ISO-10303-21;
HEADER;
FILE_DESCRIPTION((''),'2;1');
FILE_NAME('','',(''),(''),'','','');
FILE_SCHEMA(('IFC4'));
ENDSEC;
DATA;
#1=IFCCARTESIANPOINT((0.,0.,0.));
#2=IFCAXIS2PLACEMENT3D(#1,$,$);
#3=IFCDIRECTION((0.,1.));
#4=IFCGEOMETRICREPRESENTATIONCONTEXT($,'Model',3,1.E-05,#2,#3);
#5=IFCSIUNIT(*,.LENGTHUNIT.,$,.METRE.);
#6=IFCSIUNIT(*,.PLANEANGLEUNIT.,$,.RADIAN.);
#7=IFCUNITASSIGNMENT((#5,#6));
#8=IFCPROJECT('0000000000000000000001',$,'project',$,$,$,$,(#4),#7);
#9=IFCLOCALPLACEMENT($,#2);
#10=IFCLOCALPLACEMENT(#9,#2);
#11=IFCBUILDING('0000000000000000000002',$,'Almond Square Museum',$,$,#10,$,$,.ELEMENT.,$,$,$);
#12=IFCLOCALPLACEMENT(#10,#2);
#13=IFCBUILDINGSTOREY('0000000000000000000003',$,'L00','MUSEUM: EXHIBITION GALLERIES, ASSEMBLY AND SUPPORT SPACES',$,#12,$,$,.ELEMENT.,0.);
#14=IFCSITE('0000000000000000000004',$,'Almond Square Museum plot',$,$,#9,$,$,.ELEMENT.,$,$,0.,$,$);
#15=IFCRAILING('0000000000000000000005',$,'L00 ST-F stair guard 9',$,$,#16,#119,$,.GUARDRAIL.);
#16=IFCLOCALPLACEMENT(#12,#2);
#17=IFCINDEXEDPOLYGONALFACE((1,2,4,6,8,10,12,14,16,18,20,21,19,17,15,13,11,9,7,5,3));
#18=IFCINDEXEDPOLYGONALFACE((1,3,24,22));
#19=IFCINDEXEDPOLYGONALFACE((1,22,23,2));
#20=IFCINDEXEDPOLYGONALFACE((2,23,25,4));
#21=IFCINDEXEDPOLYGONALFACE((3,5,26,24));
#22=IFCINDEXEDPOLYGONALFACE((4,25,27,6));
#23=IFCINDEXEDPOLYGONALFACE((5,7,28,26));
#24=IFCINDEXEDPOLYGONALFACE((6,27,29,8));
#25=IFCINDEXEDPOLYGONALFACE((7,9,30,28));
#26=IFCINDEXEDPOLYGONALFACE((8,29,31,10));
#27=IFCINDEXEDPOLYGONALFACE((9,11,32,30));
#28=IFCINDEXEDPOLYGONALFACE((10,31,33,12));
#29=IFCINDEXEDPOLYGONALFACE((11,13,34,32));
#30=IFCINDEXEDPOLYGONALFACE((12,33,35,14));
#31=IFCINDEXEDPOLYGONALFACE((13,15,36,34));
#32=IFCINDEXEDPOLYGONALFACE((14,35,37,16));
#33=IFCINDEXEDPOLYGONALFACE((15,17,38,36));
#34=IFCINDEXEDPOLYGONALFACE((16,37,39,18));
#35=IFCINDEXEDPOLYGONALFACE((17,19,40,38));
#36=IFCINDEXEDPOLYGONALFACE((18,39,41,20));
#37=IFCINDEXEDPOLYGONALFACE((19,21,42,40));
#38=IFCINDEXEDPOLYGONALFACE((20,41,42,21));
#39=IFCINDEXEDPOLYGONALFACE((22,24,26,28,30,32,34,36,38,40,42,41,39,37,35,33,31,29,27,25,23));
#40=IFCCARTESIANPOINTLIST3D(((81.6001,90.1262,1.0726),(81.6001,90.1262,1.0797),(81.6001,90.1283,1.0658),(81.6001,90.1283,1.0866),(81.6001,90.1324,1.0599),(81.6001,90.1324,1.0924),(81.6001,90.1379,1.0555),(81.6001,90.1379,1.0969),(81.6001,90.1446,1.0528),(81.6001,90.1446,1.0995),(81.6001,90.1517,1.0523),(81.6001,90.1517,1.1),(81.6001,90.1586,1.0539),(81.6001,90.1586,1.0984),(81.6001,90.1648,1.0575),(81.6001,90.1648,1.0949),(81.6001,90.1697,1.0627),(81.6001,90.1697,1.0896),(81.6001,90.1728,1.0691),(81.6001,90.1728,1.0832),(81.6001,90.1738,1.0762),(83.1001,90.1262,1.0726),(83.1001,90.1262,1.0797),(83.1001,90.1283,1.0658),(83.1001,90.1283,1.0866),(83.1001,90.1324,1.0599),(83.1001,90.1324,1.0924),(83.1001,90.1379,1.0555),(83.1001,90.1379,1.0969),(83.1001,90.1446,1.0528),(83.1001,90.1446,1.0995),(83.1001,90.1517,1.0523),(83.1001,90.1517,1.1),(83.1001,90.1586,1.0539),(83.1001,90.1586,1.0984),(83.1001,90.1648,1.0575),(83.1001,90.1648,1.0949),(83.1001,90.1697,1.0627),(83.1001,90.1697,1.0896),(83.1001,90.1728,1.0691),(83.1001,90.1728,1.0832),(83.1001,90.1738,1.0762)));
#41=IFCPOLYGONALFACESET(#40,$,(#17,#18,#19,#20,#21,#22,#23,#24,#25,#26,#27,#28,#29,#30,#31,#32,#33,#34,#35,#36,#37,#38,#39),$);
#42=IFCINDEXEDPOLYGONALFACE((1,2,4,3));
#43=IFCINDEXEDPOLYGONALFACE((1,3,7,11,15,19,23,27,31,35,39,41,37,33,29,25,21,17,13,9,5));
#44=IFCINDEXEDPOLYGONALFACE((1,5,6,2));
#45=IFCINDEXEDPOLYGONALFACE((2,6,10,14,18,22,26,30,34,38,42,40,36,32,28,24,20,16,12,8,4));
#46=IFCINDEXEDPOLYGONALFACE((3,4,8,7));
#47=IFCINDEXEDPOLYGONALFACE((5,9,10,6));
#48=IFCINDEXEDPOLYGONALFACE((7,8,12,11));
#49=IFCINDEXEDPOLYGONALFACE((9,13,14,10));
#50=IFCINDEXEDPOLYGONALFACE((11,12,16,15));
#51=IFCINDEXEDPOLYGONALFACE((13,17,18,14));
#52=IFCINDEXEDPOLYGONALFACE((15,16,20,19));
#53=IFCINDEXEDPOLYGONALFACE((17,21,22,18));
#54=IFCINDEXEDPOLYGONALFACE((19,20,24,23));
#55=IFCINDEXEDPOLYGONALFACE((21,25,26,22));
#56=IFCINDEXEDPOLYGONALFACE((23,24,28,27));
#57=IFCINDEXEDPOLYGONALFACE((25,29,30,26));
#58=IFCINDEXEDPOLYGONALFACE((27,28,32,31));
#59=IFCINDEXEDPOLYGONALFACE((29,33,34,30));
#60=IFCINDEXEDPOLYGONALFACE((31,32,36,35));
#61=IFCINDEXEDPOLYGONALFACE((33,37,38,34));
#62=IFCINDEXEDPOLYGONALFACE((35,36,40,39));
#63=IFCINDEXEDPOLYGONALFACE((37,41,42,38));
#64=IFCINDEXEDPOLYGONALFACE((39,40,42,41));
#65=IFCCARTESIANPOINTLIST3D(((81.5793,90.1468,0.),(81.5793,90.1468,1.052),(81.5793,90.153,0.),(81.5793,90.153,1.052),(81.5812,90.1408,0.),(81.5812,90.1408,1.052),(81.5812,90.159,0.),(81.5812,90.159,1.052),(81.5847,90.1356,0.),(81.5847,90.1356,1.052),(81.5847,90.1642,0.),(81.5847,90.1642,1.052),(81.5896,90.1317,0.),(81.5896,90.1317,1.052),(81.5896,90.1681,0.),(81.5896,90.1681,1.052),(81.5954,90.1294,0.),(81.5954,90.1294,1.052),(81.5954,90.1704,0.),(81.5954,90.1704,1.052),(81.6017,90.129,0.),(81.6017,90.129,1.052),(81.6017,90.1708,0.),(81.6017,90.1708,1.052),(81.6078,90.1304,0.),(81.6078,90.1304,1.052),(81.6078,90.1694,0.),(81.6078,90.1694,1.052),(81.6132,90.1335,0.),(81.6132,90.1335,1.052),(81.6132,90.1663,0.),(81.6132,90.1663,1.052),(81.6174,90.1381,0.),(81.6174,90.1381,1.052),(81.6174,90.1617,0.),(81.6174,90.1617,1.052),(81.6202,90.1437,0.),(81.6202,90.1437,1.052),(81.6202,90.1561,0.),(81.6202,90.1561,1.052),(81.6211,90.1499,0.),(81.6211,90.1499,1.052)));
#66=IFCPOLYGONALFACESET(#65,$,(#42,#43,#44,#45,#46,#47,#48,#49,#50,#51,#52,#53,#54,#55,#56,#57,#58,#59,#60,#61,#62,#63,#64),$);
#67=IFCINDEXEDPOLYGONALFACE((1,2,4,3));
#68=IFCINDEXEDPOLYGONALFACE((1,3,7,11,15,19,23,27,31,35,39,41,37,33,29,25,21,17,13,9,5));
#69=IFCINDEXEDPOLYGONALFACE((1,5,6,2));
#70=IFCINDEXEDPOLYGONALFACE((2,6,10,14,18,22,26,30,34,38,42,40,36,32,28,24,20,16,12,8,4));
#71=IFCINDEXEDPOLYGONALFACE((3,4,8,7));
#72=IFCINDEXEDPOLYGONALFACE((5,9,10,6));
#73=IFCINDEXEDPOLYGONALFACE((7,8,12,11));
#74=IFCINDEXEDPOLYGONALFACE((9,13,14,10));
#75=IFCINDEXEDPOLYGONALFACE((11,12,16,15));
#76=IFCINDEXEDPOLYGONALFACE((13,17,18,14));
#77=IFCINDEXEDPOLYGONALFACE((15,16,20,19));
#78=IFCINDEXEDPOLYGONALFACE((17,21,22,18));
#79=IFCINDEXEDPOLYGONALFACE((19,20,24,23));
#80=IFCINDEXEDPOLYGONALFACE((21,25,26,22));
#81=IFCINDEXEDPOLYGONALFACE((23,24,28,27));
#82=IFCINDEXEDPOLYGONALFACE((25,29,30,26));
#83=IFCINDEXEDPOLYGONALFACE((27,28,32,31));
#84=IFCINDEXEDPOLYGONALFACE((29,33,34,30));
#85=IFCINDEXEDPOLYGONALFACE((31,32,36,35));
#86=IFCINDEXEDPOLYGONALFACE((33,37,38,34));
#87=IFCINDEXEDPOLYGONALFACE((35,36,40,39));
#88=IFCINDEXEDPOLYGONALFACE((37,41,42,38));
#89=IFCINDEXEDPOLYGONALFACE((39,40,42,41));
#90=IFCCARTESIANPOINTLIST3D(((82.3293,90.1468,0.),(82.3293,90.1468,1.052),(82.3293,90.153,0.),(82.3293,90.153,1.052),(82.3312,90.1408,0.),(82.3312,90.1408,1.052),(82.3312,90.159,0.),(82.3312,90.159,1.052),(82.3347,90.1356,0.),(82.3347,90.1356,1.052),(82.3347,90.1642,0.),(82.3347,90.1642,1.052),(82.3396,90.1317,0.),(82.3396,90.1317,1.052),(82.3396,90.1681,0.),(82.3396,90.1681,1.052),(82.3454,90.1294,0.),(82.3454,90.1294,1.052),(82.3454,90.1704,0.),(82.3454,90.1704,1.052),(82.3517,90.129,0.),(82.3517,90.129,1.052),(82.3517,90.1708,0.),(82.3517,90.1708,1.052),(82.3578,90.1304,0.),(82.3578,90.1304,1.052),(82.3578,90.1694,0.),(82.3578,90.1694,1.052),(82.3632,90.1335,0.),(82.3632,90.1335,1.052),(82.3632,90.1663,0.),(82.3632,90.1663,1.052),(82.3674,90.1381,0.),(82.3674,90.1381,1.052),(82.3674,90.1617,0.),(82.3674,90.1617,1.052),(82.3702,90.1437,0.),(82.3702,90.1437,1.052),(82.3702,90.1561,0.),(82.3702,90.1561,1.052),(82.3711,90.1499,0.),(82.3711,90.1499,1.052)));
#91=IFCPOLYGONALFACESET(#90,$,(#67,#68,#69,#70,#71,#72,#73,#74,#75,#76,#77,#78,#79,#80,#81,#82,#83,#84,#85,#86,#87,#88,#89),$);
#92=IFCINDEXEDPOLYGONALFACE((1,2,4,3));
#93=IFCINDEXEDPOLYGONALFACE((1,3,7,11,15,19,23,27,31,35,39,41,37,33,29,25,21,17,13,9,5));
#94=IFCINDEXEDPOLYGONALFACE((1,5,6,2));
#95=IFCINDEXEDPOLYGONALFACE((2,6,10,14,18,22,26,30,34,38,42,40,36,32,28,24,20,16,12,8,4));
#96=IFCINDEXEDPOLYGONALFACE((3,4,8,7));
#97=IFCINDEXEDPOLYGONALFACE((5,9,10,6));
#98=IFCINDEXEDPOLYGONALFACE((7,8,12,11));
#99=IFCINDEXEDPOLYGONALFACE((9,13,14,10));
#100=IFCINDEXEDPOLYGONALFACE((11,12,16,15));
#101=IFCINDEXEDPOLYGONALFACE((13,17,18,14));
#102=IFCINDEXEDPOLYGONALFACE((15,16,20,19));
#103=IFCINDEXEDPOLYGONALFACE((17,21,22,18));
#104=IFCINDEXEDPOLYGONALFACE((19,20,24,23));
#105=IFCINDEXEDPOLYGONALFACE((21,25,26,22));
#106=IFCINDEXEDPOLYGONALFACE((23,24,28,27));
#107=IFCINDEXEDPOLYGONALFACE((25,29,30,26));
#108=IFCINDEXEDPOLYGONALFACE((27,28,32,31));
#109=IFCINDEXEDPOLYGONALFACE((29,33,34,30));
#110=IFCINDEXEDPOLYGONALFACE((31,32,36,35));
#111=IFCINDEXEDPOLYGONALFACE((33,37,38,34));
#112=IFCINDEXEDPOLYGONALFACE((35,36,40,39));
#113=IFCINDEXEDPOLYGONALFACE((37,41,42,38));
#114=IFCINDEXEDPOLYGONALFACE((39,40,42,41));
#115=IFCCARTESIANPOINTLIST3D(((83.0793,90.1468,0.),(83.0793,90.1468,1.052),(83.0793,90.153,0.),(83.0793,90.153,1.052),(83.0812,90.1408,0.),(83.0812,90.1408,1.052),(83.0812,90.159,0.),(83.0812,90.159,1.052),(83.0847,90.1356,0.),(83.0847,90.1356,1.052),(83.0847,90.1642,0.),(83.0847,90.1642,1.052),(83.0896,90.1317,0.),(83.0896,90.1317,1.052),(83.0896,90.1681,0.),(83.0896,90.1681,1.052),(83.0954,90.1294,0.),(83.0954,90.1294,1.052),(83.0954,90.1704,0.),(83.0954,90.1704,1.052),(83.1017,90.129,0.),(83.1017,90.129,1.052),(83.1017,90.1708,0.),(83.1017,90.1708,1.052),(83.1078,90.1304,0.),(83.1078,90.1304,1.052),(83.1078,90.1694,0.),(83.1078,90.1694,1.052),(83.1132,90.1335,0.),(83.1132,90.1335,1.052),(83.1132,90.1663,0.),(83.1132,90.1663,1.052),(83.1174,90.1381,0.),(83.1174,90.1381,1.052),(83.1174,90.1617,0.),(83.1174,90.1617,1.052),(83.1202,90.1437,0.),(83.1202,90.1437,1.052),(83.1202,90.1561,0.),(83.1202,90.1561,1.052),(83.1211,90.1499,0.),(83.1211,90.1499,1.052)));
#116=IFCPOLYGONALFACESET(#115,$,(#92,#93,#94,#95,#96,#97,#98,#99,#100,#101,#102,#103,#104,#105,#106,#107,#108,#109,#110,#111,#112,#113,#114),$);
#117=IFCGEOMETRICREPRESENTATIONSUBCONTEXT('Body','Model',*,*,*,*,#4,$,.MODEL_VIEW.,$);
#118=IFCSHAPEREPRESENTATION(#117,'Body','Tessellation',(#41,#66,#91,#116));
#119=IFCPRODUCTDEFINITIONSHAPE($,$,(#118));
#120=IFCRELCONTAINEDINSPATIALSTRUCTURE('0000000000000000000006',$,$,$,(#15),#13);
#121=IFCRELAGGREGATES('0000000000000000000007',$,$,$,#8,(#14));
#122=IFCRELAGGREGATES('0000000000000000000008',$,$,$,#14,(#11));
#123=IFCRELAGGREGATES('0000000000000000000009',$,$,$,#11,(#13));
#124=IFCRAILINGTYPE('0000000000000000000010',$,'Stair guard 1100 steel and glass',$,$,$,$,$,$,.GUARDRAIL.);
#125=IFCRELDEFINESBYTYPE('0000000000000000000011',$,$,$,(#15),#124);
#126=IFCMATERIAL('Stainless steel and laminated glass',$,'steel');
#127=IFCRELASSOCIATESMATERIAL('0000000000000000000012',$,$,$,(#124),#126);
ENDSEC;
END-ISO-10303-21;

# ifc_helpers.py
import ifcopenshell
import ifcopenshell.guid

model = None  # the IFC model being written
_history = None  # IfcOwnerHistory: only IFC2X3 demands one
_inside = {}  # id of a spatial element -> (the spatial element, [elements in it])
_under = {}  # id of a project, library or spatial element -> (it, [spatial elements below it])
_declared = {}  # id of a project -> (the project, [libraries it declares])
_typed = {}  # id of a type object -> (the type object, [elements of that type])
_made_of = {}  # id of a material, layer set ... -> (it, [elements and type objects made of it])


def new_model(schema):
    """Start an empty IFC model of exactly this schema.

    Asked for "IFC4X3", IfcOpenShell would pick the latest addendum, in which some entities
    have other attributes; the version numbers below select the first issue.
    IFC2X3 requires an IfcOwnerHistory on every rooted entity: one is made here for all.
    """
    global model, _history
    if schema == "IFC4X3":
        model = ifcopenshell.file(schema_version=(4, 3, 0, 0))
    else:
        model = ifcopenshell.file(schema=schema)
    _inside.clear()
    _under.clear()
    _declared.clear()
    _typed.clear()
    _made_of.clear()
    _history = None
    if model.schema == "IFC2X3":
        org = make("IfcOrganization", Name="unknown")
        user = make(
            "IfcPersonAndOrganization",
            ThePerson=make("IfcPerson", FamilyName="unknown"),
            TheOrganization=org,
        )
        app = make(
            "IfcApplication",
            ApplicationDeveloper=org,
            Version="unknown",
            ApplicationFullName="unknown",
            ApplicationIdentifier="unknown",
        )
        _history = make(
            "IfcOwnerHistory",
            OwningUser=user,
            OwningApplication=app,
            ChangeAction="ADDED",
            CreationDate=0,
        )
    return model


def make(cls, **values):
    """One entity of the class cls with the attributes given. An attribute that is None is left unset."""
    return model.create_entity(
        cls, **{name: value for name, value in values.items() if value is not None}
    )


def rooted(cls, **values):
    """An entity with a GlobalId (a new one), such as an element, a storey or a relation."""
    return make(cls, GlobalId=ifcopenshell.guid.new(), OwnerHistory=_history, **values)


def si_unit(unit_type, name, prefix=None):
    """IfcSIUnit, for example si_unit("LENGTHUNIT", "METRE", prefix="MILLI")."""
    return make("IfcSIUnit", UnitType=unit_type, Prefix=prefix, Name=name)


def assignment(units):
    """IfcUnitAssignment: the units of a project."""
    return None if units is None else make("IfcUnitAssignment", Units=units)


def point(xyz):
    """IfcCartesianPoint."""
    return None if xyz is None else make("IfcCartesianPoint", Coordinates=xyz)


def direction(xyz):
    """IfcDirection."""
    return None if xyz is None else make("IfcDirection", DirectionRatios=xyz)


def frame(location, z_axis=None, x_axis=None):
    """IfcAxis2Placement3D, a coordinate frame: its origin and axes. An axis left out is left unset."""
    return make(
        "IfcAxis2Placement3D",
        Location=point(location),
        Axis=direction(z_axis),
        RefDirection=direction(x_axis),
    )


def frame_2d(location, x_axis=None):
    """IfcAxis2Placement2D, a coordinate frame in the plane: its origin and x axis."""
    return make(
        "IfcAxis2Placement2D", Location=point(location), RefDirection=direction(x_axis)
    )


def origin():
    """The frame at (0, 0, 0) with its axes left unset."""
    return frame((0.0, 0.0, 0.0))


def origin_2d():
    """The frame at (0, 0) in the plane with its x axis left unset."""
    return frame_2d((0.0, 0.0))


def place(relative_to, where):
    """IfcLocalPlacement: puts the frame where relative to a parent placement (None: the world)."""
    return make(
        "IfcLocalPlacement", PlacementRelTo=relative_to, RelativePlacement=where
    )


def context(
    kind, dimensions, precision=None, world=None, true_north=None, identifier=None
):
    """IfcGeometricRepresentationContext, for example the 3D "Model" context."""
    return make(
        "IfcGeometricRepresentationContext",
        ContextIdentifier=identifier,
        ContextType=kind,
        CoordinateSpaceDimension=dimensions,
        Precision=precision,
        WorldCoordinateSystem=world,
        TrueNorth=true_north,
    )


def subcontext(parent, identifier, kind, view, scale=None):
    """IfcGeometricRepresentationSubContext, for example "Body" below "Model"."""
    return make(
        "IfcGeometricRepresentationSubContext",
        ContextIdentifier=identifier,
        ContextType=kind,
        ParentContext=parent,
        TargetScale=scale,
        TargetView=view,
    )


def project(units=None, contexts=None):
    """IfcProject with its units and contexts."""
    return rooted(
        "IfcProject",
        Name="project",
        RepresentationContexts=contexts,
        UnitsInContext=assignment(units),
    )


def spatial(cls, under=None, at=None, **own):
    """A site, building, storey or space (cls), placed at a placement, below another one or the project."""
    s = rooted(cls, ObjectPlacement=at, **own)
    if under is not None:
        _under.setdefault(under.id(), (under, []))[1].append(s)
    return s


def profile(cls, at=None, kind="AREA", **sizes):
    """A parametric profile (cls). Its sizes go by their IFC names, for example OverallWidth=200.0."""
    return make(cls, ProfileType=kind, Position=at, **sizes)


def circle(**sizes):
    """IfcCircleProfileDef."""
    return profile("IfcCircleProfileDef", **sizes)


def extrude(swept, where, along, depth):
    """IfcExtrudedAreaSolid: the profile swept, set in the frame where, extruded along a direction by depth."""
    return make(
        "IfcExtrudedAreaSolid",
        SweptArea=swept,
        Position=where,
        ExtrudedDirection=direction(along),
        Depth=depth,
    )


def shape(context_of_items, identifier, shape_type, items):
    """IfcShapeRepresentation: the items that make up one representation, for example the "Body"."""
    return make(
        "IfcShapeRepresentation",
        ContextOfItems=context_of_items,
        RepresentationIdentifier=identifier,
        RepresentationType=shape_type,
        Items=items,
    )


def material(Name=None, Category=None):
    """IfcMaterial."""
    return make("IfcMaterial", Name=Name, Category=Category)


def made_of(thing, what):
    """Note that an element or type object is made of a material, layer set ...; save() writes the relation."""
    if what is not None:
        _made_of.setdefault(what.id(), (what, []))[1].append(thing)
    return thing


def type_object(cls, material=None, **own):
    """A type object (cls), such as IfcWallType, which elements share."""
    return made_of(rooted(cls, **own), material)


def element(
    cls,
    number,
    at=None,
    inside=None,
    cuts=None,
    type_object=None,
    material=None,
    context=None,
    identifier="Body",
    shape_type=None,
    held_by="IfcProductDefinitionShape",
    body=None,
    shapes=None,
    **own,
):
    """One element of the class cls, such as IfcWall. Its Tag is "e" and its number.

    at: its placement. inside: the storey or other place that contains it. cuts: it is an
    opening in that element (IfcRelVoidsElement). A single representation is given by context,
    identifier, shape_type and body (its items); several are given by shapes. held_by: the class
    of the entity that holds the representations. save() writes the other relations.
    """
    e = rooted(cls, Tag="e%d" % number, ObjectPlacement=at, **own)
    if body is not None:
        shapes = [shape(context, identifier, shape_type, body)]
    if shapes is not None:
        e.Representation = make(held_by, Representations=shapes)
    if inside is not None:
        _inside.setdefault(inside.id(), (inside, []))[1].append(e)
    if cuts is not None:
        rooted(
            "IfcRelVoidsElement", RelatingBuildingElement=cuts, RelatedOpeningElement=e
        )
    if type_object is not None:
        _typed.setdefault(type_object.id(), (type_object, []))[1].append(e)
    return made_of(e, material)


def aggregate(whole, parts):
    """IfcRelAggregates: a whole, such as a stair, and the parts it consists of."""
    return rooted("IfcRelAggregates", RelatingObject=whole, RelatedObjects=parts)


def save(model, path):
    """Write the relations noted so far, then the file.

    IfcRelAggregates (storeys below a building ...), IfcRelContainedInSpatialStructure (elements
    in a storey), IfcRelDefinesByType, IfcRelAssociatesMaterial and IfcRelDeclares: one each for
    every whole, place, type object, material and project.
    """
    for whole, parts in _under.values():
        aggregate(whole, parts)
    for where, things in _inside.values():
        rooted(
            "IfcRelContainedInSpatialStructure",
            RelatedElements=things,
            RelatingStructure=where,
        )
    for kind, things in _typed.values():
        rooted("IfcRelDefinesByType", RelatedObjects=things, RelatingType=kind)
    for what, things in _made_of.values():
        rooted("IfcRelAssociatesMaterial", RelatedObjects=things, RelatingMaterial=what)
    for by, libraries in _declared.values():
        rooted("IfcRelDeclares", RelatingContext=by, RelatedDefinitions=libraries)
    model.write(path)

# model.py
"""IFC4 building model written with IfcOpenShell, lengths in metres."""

from ifc_helpers import new_model, si_unit, direction, frame, origin, origin_2d, place, context, subcontext, project, spatial, circle, extrude, material, type_object, element, save


model = new_model("IFC4")

# Units and contexts
model_context = context("Model", 3, precision=1e-05, world=origin(), true_north=direction((0.0, 1.0)))
body_context = subcontext(model_context, "Body", "Model", "MODEL_VIEW")
ifc_project = project(units=[si_unit("LENGTHUNIT", "METRE"), si_unit("PLANEANGLEUNIT", "RADIAN")], contexts=[model_context])

# Site, building, storey
site_placement = place(None, origin())
site = spatial("IfcSite", under=ifc_project, at=site_placement, Name="Almond Square Museum plot", CompositionType="ELEMENT", RefElevation=0.0)
building_placement = place(site_placement, origin())
building = spatial("IfcBuilding", under=site, at=building_placement, Name="Almond Square Museum", CompositionType="ELEMENT")
storey_placement = place(building_placement, origin())
storey = spatial("IfcBuildingStorey", under=building, at=storey_placement, Name="L00", Description="MUSEUM: EXHIBITION GALLERIES, ASSEMBLY AND SUPPORT SPACES", CompositionType="ELEMENT", Elevation=0.0)

# Railing
ifc_material_1 = material(Name="Stainless steel and laminated glass", Category="steel")
railing_type_1 = type_object("IfcRailingType", Name="Stair guard 1100 steel and glass", PredefinedType="GUARDRAIL", material=ifc_material_1)
railing_1_placement = place(storey_placement, frame((81.6001, 90.1499, 0.0)))
element("IfcRailing", 1, at=railing_1_placement, inside=storey, type_object=railing_type_1, Name="L00 ST-F stair guard 9", PredefinedType="GUARDRAIL", context=body_context, shape_type="SweptSolid", body=[
    extrude(circle(Radius=0.0239, at=origin_2d()), frame((0.0, 0.0, 1.0762), z_axis=(1.0, 0.0, 0.0), x_axis=(0.0, 1.0, 0.0)), (0.0, 0.0, 1.0), 1.5),
    extrude(circle(Radius=0.021, at=origin_2d()), origin(), (0.0, 0.0, 1.0), 1.052),
    extrude(circle(Radius=0.021, at=origin_2d()), frame((0.75, 0.0, 0.0)), (0.0, 0.0, 1.0), 1.052),
    extrude(circle(Radius=0.021, at=origin_2d()), frame((1.5, 0.0, 0.0)), (0.0, 0.0, 1.0), 1.052),
])

save(model, "model.ifc")
